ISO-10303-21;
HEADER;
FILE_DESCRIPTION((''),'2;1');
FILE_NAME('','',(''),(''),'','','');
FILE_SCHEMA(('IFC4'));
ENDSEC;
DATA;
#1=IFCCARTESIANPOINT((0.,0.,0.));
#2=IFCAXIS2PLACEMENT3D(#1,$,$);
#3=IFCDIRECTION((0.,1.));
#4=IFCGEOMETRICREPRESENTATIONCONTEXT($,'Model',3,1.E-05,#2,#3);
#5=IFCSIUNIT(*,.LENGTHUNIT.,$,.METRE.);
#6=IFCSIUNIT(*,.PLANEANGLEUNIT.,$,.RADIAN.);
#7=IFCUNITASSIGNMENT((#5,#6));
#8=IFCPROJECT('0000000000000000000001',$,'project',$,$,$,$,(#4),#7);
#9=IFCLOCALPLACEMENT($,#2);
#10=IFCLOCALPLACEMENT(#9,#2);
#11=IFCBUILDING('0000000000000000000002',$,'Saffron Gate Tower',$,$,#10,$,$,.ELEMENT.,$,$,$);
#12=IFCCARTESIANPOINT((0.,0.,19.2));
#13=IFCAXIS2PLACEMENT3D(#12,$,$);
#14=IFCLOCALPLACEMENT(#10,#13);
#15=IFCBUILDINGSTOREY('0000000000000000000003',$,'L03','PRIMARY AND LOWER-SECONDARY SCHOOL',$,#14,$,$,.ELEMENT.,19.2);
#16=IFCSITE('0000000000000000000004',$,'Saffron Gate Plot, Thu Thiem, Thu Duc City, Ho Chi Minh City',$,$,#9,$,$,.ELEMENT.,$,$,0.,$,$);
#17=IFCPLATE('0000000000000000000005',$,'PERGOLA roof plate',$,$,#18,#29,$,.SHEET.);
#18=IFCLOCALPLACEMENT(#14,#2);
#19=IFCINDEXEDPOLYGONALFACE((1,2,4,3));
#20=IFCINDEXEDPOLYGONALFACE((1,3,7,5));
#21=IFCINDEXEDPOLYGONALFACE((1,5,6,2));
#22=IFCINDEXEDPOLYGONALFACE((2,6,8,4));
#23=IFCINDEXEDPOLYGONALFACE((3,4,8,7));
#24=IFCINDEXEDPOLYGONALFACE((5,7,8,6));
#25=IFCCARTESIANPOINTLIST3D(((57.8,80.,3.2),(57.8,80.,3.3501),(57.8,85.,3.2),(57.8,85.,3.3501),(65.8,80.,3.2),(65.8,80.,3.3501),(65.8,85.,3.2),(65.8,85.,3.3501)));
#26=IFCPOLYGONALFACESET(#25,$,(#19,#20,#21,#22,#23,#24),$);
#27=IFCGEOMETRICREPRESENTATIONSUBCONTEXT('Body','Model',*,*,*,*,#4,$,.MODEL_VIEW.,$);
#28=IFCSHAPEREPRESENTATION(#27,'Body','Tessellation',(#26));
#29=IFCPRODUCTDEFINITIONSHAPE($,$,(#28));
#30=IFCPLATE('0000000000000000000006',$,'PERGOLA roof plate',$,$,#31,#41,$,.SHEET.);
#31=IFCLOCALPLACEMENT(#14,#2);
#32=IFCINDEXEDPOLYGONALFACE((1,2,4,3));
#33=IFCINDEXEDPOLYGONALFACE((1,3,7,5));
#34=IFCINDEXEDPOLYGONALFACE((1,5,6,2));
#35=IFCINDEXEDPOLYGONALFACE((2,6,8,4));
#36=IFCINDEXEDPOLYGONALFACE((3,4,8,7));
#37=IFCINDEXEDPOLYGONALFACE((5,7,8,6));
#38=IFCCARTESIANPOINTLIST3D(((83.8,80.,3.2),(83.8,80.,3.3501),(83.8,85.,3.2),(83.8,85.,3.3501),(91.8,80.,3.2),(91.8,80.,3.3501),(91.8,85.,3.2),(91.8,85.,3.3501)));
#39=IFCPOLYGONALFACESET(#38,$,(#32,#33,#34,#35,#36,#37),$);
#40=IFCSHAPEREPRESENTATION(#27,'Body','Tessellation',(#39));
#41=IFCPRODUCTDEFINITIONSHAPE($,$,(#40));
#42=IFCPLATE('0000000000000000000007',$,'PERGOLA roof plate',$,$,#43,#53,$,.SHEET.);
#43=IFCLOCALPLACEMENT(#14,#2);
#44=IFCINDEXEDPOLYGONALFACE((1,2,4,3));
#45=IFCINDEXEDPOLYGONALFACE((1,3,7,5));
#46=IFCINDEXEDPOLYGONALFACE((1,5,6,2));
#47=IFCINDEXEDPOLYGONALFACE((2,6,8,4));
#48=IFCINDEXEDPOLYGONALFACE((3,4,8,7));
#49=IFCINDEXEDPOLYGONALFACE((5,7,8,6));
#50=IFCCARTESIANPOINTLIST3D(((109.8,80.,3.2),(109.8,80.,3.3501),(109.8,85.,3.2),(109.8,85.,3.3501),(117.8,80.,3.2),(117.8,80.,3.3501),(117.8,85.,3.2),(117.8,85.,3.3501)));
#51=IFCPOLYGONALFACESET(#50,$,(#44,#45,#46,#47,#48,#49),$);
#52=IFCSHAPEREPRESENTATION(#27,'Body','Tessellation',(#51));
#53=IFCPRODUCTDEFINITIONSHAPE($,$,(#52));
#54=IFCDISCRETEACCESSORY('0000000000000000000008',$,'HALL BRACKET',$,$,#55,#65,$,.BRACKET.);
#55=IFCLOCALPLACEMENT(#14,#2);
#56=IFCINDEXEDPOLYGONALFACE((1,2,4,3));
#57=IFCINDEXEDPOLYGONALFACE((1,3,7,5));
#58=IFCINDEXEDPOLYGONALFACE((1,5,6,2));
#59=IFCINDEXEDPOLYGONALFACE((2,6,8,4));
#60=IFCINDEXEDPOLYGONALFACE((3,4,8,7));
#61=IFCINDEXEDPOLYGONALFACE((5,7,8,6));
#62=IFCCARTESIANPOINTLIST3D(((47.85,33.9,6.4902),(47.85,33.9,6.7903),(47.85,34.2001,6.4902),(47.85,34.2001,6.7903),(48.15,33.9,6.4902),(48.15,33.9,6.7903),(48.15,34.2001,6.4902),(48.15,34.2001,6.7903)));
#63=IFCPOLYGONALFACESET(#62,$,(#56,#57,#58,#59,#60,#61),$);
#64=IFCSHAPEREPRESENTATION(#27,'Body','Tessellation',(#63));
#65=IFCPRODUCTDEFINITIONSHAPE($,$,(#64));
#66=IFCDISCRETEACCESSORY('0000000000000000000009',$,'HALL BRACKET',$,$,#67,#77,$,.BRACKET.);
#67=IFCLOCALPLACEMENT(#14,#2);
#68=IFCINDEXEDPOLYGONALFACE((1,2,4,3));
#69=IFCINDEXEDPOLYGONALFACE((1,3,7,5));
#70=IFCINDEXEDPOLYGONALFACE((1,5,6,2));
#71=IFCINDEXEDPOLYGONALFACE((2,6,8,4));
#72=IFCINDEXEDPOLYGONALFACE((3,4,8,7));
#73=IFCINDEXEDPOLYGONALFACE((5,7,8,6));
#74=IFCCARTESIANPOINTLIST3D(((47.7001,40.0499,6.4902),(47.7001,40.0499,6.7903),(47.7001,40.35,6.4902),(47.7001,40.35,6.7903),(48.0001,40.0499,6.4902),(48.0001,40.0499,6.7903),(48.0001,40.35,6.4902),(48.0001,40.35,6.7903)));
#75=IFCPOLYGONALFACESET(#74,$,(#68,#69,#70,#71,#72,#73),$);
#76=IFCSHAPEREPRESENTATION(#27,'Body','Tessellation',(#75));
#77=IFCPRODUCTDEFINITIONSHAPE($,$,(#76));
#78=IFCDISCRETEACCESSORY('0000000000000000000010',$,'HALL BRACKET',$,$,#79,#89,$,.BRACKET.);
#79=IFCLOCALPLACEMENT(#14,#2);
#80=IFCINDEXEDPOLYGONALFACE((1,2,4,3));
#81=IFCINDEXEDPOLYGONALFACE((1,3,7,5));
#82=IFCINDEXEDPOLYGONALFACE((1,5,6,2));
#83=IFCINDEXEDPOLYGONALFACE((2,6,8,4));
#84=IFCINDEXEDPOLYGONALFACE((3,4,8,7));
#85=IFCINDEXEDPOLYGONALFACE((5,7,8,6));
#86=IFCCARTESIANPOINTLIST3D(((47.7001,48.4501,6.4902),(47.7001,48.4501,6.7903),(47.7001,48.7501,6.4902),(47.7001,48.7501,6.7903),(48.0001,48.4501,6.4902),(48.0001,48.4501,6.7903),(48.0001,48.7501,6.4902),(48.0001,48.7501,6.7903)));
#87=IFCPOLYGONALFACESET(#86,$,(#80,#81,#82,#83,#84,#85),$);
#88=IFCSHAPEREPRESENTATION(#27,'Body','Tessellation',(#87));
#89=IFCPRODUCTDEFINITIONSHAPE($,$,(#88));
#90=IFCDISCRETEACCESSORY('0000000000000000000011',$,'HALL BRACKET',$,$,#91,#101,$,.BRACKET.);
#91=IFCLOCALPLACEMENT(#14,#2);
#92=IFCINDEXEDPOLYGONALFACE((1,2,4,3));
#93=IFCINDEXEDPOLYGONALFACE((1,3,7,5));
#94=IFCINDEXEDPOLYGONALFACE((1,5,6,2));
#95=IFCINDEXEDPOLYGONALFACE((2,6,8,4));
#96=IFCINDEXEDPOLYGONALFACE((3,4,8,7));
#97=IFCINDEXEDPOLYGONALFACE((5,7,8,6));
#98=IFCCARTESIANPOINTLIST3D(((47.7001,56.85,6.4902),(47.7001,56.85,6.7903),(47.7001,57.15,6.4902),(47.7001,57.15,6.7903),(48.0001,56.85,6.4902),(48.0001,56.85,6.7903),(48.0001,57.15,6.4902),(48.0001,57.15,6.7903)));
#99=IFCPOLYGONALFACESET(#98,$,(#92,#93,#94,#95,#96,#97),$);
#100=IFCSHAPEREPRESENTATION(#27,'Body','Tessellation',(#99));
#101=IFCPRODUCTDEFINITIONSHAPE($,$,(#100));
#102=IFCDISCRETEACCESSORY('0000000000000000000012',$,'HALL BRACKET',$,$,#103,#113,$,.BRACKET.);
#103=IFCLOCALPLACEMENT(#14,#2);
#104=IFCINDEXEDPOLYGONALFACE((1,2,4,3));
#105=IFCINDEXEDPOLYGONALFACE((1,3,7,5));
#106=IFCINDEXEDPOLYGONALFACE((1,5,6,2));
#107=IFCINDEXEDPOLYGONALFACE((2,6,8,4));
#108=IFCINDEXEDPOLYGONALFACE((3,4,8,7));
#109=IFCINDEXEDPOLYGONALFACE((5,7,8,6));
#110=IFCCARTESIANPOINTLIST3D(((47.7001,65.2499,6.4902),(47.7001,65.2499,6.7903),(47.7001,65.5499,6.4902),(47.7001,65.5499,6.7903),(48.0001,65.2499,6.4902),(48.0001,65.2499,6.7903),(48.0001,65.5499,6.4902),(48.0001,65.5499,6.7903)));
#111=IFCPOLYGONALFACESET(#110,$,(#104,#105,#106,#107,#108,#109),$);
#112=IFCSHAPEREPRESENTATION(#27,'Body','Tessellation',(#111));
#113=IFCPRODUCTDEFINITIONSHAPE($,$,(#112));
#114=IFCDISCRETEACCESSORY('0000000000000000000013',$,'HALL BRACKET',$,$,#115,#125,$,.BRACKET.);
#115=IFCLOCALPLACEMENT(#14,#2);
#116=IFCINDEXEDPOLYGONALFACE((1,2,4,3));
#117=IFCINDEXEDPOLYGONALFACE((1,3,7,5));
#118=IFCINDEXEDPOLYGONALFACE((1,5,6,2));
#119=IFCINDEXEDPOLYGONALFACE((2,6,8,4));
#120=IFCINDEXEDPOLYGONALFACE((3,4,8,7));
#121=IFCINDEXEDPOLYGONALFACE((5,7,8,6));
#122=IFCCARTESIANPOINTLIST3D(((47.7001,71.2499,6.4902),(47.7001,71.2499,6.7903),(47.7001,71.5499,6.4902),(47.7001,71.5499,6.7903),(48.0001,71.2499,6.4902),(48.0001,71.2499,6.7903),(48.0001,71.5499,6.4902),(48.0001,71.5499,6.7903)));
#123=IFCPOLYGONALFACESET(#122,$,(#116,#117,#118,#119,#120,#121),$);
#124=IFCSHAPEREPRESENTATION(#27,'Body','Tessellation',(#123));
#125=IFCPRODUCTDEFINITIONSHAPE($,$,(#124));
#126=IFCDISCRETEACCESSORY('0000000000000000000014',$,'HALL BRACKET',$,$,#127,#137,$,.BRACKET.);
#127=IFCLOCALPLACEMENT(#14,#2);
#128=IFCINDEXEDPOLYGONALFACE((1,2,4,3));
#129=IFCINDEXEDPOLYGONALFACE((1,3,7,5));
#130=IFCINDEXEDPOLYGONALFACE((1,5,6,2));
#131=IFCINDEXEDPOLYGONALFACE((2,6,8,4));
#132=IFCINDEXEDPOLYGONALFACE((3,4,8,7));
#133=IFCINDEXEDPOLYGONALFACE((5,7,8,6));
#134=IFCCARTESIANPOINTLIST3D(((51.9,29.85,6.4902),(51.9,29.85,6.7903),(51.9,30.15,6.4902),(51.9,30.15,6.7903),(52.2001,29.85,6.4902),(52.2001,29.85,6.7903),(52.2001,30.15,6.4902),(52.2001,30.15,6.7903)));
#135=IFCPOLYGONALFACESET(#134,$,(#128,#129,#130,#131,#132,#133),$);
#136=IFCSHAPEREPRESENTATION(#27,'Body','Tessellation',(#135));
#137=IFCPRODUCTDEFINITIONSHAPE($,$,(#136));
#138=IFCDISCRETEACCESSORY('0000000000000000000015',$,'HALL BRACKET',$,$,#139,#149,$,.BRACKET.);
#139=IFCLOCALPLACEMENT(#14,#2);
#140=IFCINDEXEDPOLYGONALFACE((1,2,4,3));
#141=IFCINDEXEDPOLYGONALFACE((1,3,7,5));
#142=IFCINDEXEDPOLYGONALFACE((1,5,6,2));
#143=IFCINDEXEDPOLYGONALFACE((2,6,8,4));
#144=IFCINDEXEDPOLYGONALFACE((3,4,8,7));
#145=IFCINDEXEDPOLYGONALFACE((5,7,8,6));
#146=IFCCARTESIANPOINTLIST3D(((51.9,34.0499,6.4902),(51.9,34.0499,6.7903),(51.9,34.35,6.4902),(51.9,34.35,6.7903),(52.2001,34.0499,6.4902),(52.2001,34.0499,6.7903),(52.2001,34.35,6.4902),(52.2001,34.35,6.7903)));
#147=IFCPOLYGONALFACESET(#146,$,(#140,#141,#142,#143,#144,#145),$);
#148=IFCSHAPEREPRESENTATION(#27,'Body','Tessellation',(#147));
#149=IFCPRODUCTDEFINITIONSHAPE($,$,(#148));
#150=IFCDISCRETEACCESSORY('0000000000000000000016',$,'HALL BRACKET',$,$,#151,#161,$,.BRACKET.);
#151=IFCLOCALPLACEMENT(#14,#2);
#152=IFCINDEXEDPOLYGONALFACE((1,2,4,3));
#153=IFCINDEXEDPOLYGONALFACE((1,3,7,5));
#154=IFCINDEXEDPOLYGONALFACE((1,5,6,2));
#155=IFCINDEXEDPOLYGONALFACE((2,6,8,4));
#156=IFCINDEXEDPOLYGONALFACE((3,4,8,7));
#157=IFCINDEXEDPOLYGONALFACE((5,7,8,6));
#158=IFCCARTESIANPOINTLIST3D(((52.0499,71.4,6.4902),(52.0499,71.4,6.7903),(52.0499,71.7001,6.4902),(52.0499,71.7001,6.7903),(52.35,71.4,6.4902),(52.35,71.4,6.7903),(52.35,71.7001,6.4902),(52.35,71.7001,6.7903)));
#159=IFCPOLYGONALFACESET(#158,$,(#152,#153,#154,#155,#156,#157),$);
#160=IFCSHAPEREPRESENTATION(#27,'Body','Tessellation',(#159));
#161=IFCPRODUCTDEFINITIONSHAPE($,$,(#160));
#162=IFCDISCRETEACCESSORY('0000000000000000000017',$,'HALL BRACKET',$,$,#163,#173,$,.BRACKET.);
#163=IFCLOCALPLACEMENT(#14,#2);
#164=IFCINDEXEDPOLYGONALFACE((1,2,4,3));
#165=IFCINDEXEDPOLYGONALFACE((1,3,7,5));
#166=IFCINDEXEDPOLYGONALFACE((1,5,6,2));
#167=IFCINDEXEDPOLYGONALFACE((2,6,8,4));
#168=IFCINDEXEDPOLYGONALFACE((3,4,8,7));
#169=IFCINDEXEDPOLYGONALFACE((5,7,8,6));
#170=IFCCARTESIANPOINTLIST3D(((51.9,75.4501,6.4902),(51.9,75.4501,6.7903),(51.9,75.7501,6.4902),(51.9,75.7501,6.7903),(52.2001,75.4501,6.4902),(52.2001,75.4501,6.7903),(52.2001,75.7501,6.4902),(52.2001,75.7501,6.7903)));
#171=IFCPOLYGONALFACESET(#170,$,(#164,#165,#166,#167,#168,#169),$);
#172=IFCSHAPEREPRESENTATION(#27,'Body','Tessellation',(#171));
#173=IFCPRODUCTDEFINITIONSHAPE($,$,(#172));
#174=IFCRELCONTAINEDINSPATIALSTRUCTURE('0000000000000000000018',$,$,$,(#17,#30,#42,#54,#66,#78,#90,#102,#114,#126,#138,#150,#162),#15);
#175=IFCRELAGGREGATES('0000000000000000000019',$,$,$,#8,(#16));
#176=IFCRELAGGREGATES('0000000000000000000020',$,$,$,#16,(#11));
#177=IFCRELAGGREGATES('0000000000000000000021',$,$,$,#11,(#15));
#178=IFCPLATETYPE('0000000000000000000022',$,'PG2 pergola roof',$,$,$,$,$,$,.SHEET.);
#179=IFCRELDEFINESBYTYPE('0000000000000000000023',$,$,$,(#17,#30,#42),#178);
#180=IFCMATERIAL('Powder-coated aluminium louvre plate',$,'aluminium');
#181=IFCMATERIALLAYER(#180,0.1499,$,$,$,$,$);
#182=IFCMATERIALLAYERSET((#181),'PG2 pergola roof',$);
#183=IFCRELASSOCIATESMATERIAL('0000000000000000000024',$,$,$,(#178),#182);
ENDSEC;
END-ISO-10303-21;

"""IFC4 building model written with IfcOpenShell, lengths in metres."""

from ifc_helpers import new_model, si_unit, direction, frame, origin, origin_2d, place, context, subcontext, project, spatial, polyline, rectangle, outline, extrude, material, layer, layer_set, type_object, element, save


model = new_model("IFC4")

# Units and contexts
model_context = context("Model", 3, precision=1e-05, world=origin(), true_north=direction((0.0, 1.0)))
body_context = subcontext(model_context, "Body", "Model", "MODEL_VIEW")
ifc_project = project(units=[si_unit("LENGTHUNIT", "METRE"), si_unit("PLANEANGLEUNIT", "RADIAN")], contexts=[model_context])

# Site, building, storey
site_placement = place(None, origin())
site = spatial("IfcSite", under=ifc_project, at=site_placement, Name="Saffron Gate Plot, Thu Thiem, Thu Duc City, Ho Chi Minh City", CompositionType="ELEMENT", RefElevation=0.0)
building_placement = place(site_placement, origin())
building = spatial("IfcBuilding", under=site, at=building_placement, Name="Saffron Gate Tower", CompositionType="ELEMENT")
storey_placement = place(building_placement, frame((0.0, 0.0, 19.2)))
storey = spatial("IfcBuildingStorey", under=building, at=storey_placement, Name="L03", Description="PRIMARY AND LOWER-SECONDARY SCHOOL", CompositionType="ELEMENT", Elevation=19.2)

# Plates
ifc_material_1 = material(Name="Powder-coated aluminium louvre plate", Category="aluminium")
ifc_layer_1 = layer(ifc_material_1, 0.1499)
ifc_layer_set_1 = layer_set([ifc_layer_1], Name="PG2 pergola roof")
plate_type_1 = type_object("IfcPlateType", Name="PG2 pergola roof", PredefinedType="SHEET", material=ifc_layer_set_1)
plate_1_placement = place(storey_placement, frame((0.0, 0.0, 3.2)))
element("IfcPlate", 1, at=plate_1_placement, inside=storey, type_object=plate_type_1, Name="PERGOLA roof plate", PredefinedType="SHEET", context=body_context, shape_type="SweptSolid", body=[
    extrude(outline(polyline([(57.8, 80.0), (65.8, 80.0), (65.8, 85.0), (57.8, 85.0), (57.8, 80.0)])), origin(), (0.0, 0.0, 1.0), 0.1501),
])
plate_2_placement = place(storey_placement, frame((0.0, 0.0, 3.2)))
element("IfcPlate", 2, at=plate_2_placement, inside=storey, type_object=plate_type_1, Name="PERGOLA roof plate", PredefinedType="SHEET", context=body_context, shape_type="SweptSolid", body=[
    extrude(outline(polyline([(83.8, 80.0), (91.8, 80.0), (91.8, 85.0), (83.8, 85.0), (83.8, 80.0)])), origin(), (0.0, 0.0, 1.0), 0.1501),
])
plate_3_placement = place(storey_placement, frame((0.0, 0.0, 3.2)))
element("IfcPlate", 3, at=plate_3_placement, inside=storey, type_object=plate_type_1, Name="PERGOLA roof plate", PredefinedType="SHEET", context=body_context, shape_type="SweptSolid", body=[
    extrude(outline(polyline([(109.8, 80.0), (117.8, 80.0), (117.8, 85.0), (109.8, 85.0), (109.8, 80.0)])), origin(), (0.0, 0.0, 1.0), 0.1501),
])

# Discrete accessories
for number, where, z_axis, x_axis, name in (
    (4, (48.0, 34.05, 6.4902), (0.0, 0.0, 1.0), (1.0, 0.0, 0.0), "HALL BRACKET"),
    (5, (47.8501, 40.2, 6.4902), (0.0, 0.0, 1.0), (0.0, -1.0, 0.0), "HALL BRACKET"),
    (6, (47.8501, 48.6001, 6.4902), (0.0, 0.0, 1.0), (0.0, -1.0, 0.0), "HALL BRACKET"),
    (7, (47.8501, 57.0, 6.4902), (0.0, 0.0, 1.0), (0.0, -1.0, 0.0), "HALL BRACKET"),
    (8, (47.8501, 65.3999, 6.4902), (0.0, 0.0, 1.0), (0.0, -1.0, 0.0), "HALL BRACKET"),
    (9, (47.8501, 71.3999, 6.4902), (0.0, 0.0, 1.0), (0.0, -1.0, 0.0), "HALL BRACKET"),
    (10, (52.05, 30.0, 6.4902), (0.0, 0.0, 1.0), (0.0, -1.0, 0.0), "HALL BRACKET"),
    (11, (52.05, 34.2, 6.4902), (0.0, 0.0, 1.0), (0.0, -1.0, 0.0), "HALL BRACKET"),
    (12, (52.2, 71.55, 6.4902), (0.0, 0.0, 1.0), (-1.0, 0.0, 0.0), "HALL BRACKET"),
    (13, (52.05, 75.6001, 6.4902), (0.0, 0.0, 1.0), (0.0, -1.0, 0.0), "HALL BRACKET"),
):
    element("IfcDiscreteAccessory", number, at=place(storey_placement, frame(where, z_axis=z_axis, x_axis=x_axis)), inside=storey, Name=name, PredefinedType="BRACKET", context=body_context, shape_type="SweptSolid", body=[
        extrude(rectangle(XDim=0.3, YDim=0.3, at=origin_2d()), origin(), (0.0, 0.0, 1.0), 0.3),
    ])

save(model, "model.ifc")
